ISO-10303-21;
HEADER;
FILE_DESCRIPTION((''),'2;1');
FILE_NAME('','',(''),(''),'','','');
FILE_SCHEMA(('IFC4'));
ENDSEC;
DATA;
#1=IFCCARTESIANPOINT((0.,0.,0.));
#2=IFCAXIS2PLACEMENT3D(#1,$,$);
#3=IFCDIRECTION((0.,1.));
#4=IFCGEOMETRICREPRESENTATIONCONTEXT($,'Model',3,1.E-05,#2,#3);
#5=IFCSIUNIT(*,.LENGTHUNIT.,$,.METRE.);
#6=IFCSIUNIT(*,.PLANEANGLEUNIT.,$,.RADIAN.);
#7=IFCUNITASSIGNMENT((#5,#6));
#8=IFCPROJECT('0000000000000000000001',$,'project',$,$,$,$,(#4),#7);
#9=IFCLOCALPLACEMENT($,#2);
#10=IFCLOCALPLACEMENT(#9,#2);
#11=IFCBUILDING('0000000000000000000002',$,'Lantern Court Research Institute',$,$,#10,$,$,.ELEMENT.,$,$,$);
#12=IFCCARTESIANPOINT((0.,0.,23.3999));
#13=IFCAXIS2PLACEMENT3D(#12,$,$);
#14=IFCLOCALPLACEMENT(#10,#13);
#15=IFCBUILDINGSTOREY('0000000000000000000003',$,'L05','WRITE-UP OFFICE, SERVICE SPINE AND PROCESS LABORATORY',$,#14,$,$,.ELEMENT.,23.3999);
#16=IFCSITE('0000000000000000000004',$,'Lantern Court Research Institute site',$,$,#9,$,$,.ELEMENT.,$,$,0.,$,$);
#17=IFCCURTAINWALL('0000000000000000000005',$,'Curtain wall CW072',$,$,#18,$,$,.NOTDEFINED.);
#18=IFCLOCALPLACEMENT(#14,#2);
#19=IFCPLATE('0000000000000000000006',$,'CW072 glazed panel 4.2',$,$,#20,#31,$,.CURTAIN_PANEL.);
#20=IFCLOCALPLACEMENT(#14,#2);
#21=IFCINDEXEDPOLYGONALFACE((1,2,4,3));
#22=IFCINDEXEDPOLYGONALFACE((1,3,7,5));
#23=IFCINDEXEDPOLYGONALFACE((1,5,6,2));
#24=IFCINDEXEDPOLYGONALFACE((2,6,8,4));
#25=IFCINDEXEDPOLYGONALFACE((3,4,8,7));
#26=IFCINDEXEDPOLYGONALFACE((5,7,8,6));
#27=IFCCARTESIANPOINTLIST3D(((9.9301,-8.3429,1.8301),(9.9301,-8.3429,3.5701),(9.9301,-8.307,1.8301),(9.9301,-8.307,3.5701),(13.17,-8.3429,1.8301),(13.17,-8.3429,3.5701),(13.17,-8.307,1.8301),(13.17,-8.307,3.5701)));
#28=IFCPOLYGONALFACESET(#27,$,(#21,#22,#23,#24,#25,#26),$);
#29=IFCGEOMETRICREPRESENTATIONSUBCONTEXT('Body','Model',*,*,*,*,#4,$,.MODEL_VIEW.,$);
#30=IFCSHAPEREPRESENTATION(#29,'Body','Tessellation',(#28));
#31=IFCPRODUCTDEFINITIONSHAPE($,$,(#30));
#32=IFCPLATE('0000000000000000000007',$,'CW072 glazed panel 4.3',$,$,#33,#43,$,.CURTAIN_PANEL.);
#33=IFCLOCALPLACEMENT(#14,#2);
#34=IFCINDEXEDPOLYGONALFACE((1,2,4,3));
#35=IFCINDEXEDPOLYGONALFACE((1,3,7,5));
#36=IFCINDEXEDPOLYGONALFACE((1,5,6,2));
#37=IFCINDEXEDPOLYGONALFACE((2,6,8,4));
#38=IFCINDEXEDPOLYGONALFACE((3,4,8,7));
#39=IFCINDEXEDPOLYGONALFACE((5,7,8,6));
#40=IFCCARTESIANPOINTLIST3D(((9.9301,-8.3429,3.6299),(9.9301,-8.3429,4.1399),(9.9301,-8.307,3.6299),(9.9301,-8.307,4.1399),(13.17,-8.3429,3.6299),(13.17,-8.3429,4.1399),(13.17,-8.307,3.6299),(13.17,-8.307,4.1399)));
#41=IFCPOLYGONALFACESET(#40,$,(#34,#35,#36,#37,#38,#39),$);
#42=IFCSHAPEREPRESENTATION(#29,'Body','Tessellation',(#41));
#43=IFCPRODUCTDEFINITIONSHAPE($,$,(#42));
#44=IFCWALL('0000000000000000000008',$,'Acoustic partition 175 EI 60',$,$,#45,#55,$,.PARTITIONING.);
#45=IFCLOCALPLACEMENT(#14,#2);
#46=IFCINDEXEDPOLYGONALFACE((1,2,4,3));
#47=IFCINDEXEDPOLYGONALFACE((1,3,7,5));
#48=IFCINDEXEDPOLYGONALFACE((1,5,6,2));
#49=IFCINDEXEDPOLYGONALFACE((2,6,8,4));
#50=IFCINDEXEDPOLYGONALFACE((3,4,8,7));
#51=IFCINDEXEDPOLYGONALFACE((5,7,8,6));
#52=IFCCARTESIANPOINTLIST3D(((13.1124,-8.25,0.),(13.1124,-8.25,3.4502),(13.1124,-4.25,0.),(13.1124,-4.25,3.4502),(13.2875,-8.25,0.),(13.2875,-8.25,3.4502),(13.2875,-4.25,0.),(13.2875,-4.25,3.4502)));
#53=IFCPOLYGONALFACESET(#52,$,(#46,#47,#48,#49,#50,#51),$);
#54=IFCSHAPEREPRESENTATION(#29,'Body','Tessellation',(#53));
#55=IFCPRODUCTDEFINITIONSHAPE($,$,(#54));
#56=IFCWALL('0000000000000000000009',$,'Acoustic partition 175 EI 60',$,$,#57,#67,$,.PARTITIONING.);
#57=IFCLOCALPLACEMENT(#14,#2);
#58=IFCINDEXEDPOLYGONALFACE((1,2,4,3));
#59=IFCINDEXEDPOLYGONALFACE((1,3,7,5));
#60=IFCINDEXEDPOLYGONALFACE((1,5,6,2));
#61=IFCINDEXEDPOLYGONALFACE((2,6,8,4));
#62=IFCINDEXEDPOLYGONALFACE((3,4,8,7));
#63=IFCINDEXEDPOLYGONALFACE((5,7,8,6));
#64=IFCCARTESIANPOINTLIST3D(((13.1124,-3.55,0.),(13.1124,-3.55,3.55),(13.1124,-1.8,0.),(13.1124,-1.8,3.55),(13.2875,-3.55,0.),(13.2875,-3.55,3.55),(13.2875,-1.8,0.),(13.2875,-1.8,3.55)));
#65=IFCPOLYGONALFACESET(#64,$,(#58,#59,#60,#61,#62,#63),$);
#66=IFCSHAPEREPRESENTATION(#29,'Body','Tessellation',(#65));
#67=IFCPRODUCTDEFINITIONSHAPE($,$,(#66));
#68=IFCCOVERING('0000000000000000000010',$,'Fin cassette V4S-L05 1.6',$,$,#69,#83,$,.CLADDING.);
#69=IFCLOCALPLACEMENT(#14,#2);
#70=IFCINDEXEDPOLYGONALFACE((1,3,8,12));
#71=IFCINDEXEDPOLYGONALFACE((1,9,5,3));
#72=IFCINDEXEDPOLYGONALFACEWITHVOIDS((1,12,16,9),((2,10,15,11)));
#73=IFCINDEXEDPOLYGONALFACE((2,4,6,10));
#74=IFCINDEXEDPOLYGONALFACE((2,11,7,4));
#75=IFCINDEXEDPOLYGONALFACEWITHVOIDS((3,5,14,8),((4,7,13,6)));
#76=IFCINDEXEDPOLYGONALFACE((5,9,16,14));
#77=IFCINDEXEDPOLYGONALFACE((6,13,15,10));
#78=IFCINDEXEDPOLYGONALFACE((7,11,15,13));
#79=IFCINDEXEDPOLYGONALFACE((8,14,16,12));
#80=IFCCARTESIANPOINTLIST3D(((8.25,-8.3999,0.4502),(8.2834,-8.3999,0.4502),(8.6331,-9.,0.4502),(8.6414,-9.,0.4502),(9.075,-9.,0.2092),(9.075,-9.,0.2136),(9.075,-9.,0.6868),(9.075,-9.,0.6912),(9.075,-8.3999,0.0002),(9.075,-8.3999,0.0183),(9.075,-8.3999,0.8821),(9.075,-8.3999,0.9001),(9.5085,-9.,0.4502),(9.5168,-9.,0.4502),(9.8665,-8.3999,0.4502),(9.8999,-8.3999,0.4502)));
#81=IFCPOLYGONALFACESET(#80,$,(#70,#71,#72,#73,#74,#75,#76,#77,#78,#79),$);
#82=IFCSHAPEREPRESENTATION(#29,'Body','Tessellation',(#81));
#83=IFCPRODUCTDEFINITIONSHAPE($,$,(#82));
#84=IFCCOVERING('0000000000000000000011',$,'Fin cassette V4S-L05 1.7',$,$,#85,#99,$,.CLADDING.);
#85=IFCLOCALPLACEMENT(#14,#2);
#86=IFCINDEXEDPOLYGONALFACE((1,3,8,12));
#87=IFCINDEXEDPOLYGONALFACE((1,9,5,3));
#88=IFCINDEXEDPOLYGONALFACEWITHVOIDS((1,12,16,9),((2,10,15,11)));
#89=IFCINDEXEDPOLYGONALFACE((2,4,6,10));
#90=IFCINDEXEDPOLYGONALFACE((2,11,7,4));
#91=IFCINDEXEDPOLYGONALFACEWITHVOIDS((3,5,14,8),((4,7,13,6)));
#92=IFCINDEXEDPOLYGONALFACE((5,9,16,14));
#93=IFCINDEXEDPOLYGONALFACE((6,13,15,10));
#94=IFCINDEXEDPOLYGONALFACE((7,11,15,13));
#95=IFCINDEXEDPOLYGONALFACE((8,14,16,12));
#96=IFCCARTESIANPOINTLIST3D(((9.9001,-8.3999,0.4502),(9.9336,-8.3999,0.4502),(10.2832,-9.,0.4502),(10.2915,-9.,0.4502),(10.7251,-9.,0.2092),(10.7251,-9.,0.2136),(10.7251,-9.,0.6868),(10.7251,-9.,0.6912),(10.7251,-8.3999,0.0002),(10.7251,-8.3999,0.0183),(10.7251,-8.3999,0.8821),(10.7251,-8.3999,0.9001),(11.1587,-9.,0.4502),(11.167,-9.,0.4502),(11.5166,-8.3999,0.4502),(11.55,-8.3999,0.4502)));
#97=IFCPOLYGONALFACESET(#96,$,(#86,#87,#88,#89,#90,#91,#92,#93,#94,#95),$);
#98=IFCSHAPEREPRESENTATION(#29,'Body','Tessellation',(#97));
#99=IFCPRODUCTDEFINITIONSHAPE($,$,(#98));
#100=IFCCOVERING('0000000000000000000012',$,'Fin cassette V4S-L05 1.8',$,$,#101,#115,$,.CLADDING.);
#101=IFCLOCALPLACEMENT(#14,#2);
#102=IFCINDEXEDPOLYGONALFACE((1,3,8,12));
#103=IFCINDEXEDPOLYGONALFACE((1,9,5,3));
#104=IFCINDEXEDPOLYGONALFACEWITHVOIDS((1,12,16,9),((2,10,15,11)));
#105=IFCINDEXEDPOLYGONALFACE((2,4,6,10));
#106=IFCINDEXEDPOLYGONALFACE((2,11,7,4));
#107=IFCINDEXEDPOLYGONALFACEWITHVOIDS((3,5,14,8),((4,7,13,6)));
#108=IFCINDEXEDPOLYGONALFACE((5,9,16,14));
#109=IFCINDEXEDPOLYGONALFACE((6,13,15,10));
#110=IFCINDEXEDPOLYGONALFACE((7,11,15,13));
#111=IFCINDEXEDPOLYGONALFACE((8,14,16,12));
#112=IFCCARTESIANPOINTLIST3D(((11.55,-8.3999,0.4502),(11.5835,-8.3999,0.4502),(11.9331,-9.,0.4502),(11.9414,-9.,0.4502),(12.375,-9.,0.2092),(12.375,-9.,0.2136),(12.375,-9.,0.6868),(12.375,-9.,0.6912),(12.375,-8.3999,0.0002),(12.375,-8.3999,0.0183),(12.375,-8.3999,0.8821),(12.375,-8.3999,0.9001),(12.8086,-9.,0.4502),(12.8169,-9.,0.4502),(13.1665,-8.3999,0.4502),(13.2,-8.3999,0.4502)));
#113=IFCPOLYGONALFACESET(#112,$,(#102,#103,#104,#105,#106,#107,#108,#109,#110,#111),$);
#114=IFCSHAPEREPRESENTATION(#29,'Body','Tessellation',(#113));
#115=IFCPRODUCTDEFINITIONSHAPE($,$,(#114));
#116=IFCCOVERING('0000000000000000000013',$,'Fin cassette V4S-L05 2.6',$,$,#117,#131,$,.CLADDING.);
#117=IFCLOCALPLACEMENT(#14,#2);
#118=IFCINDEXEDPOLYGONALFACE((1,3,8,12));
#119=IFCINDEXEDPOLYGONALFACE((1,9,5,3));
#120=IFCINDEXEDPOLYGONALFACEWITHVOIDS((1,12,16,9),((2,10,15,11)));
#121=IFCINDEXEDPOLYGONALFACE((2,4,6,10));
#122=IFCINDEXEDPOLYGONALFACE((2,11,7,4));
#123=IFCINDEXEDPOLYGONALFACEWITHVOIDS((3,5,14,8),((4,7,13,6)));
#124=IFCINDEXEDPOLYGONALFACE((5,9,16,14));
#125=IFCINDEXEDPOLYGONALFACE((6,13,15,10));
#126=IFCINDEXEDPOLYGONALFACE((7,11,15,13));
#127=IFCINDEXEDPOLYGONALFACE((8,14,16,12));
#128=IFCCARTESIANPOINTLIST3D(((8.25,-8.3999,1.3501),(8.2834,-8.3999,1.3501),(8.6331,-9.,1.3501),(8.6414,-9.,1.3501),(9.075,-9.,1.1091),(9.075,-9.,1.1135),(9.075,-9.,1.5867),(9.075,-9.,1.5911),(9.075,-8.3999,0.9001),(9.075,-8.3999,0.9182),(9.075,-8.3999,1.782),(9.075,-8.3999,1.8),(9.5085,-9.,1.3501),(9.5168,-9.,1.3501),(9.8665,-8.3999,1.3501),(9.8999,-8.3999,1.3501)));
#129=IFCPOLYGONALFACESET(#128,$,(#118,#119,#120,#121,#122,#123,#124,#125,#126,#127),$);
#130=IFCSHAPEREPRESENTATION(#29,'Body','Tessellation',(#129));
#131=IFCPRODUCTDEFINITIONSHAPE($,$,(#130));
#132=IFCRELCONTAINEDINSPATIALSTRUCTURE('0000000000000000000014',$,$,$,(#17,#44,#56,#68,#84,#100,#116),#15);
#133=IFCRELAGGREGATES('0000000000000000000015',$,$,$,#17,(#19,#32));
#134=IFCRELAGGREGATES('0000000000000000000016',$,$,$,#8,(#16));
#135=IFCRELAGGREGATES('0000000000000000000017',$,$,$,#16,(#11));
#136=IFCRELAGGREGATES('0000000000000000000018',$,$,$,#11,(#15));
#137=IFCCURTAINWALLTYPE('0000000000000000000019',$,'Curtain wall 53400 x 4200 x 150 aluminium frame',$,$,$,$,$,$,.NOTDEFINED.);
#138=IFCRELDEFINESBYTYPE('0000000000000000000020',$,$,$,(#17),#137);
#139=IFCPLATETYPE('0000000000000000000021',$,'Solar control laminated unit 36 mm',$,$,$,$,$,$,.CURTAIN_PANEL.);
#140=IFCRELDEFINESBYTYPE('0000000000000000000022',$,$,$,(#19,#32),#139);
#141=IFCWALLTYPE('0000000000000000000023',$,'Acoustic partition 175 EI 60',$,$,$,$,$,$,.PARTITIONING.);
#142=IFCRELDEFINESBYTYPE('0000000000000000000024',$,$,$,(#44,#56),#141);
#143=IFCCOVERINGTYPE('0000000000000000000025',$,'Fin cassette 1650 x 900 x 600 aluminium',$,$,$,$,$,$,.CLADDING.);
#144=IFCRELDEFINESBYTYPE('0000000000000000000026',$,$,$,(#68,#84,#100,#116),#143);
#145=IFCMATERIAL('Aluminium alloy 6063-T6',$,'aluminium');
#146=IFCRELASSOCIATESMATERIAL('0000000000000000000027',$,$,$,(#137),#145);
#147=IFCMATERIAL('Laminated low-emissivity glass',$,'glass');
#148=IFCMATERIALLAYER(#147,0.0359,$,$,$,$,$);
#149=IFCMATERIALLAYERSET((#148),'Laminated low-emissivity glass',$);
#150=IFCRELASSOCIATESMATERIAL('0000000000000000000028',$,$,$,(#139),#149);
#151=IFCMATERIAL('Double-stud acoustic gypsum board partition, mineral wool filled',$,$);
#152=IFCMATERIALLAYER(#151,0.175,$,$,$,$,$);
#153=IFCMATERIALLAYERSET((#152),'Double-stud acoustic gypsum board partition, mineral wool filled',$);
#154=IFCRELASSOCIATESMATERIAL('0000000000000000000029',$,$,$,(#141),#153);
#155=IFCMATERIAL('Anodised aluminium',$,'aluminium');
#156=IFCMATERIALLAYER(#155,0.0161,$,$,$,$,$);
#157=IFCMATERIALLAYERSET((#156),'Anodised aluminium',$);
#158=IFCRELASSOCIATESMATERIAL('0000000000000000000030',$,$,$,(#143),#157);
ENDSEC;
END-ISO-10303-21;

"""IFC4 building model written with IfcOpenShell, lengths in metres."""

from ifc_helpers import new_model, entity, si_unit, direction, frame, frame_2d, origin, origin_2d, place, context, subcontext, project, spatial, rectangle, extrude, material, layer, layer_set, type_object, element, aggregate, save


model = new_model("IFC4")

# Units and contexts
model_context = context("Model", 3, precision=1e-05, world=origin(), true_north=direction((0.0, 1.0)))
body_context = subcontext(model_context, "Body", "Model", "MODEL_VIEW")
ifc_project = project(units=[si_unit("LENGTHUNIT", "METRE"), si_unit("PLANEANGLEUNIT", "RADIAN")], contexts=[model_context])

# Site, building, storey
site_placement = place(None, origin())
site = spatial("IfcSite", under=ifc_project, at=site_placement, Name="Lantern Court Research Institute site", CompositionType="ELEMENT", RefElevation=0.0)
building_placement = place(site_placement, origin())
building = spatial("IfcBuilding", under=site, at=building_placement, Name="Lantern Court Research Institute", CompositionType="ELEMENT")
storey_placement = place(building_placement, frame((0.0, 0.0, 23.3999)))
storey = spatial("IfcBuildingStorey", under=building, at=storey_placement, Name="L05", Description="WRITE-UP OFFICE, SERVICE SPINE AND PROCESS LABORATORY", CompositionType="ELEMENT", Elevation=23.3999)

# Curtain wall
ifc_material_1 = material(Name="Aluminium alloy 6063-T6", Category="aluminium")
curtain_wall_type = type_object("IfcCurtainWallType", Name="Curtain wall 53400 x 4200 x 150 aluminium frame", PredefinedType="NOTDEFINED", material=ifc_material_1)
curtain_wall_placement = place(storey_placement, origin())
curtain_wall = element("IfcCurtainWall", 1, at=curtain_wall_placement, inside=storey, type_object=curtain_wall_type, Name="Curtain wall CW072", PredefinedType="NOTDEFINED")

# Plates
ifc_material_2 = material(Name="Laminated low-emissivity glass", Category="glass")
ifc_layer_1 = layer(ifc_material_2, 0.0359)
ifc_layer_set_1 = layer_set([ifc_layer_1], Name="Laminated low-emissivity glass")
plate_type_1 = type_object("IfcPlateType", Name="Solar control laminated unit 36 mm", PredefinedType="CURTAIN_PANEL", material=ifc_layer_set_1)
plate_1_placement = place(storey_placement, frame((11.55, -8.325, 1.8301), z_axis=(0.0, 0.0, 1.0), x_axis=(-1.0, 0.0, 0.0)))
plate_1 = element("IfcPlate", 2, at=plate_1_placement, type_object=plate_type_1, Name="CW072 glazed panel 4.2", PredefinedType="CURTAIN_PANEL", context=body_context, shape_type="SweptSolid", body=[
    extrude(rectangle(XDim=3.24, YDim=0.0359, at=origin_2d()), origin(), (0.0, 0.0, 1.0), 1.74),
])
plate_2_placement = place(storey_placement, frame((11.55, -8.325, 3.6299), z_axis=(0.0, 0.0, 1.0), x_axis=(-1.0, 0.0, 0.0)))
plate_2 = element("IfcPlate", 3, at=plate_2_placement, type_object=plate_type_1, Name="CW072 glazed panel 4.3", PredefinedType="CURTAIN_PANEL", context=body_context, shape_type="SweptSolid", body=[
    extrude(rectangle(XDim=3.24, YDim=0.0359, at=origin_2d()), origin(), (0.0, 0.0, 1.0), 0.51),
])
aggregate(curtain_wall, [plate_1, plate_2])

# Walls
ifc_material_3 = material(Name="Double-stud acoustic gypsum board partition, mineral wool filled")
ifc_layer_2 = layer(ifc_material_3, 0.175)
ifc_layer_set_2 = layer_set([ifc_layer_2], Name="Double-stud acoustic gypsum board partition, mineral wool filled")
wall_type = type_object("IfcWallType", Name="Acoustic partition 175 EI 60", PredefinedType="PARTITIONING", material=ifc_layer_set_2)
wall_1_placement = place(storey_placement, frame((13.2, -8.25, 0.0), z_axis=(0.0, 0.0, 1.0), x_axis=(0.0, 1.0, 0.0)))
element("IfcWall", 4, at=wall_1_placement, inside=storey, type_object=wall_type, Name="Acoustic partition 175 EI 60", PredefinedType="PARTITIONING", context=body_context, shape_type="SweptSolid", body=[
    extrude(rectangle(XDim=4.0, YDim=0.175, at=frame_2d((2.0, 0.0))), origin(), (0.0, 0.0, 1.0), 3.4502),
])
wall_2_placement = place(storey_placement, frame((13.2, -3.55, 0.0), z_axis=(0.0, 0.0, 1.0), x_axis=(0.0, 1.0, 0.0)))
element("IfcWall", 5, at=wall_2_placement, inside=storey, type_object=wall_type, Name="Acoustic partition 175 EI 60", PredefinedType="PARTITIONING", context=body_context, shape_type="SweptSolid", body=[
    extrude(rectangle(XDim=1.75, YDim=0.175, at=frame_2d((0.875, 0.0))), origin(), (0.0, 0.0, 1.0), 3.55),
])

# Coverings
ifc_material_4 = material(Name="Anodised aluminium", Category="aluminium")
ifc_layer_3 = layer(ifc_material_4, 0.0161)
ifc_layer_set_3 = layer_set([ifc_layer_3], Name="Anodised aluminium")
covering_type = type_object("IfcCoveringType", Name="Fin cassette 1650 x 900 x 600 aluminium", PredefinedType="CLADDING", material=ifc_layer_set_3)
covering_1_placement = place(storey_placement, frame((9.075, -8.3999, 0.4502), z_axis=(0.0, -1.0, 0.0), x_axis=(1.0, 0.0, 0.0)))
cartesian_point_1 = entity("IfcCartesianPoint", [0.825, 0.0])
cartesian_point_2 = entity("IfcCartesianPoint", [0.7915, 0.0])
cartesian_point_3 = entity("IfcCartesianPoint", [0.4419, 0.0])
cartesian_point_4 = entity("IfcCartesianPoint", [0.4336, 0.0])
element("IfcCovering", 6, at=covering_1_placement, inside=storey, type_object=covering_type, Name="Fin cassette V4S-L05 1.6", PredefinedType="CLADDING", context=body_context, shape_type="SweptSolid", body=[
    entity("IfcExtrudedAreaSolidTapered", entity("IfcArbitraryProfileDefWithVoids", "AREA", None, entity("IfcPolyline", [cartesian_point_1, entity("IfcCartesianPoint", [0.0, 0.45]), entity("IfcCartesianPoint", [-0.825, 0.0]), entity("IfcCartesianPoint", [0.0, -0.45]), cartesian_point_1]), [entity("IfcPolyline", [cartesian_point_2, entity("IfcCartesianPoint", [0.0, 0.4319]), entity("IfcCartesianPoint", [-0.7915, 0.0]), entity("IfcCartesianPoint", [0.0, -0.4319]), cartesian_point_2])]), entity("IfcAxis2Placement3D", entity("IfcCartesianPoint", [0.0, 0.0, 0.0])), entity("IfcDirection", [0.0, 0.0, 1.0]), 0.6001, entity("IfcArbitraryProfileDefWithVoids", "AREA", None, entity("IfcPolyline", [cartesian_point_3, entity("IfcCartesianPoint", [0.0, 0.241]), entity("IfcCartesianPoint", [-0.4419, 0.0]), entity("IfcCartesianPoint", [0.0, -0.241]), cartesian_point_3]), [entity("IfcPolyline", [cartesian_point_4, entity("IfcCartesianPoint", [0.0, 0.2366]), entity("IfcCartesianPoint", [-0.4336, 0.0]), entity("IfcCartesianPoint", [0.0, -0.2366]), cartesian_point_4])])),
])
covering_2_placement = place(storey_placement, frame((10.7251, -8.3999, 0.4502), z_axis=(0.0, -1.0, 0.0), x_axis=(1.0, 0.0, 0.0)))
cartesian_point_5 = entity("IfcCartesianPoint", [0.825, 0.0])
cartesian_point_6 = entity("IfcCartesianPoint", [0.7915, 0.0])
cartesian_point_7 = entity("IfcCartesianPoint", [0.4419, 0.0])
cartesian_point_8 = entity("IfcCartesianPoint", [0.4336, 0.0])
element("IfcCovering", 7, at=covering_2_placement, inside=storey, type_object=covering_type, Name="Fin cassette V4S-L05 1.7", PredefinedType="CLADDING", context=body_context, shape_type="SweptSolid", body=[
    entity("IfcExtrudedAreaSolidTapered", entity("IfcArbitraryProfileDefWithVoids", "AREA", None, entity("IfcPolyline", [cartesian_point_5, entity("IfcCartesianPoint", [0.0, 0.45]), entity("IfcCartesianPoint", [-0.825, 0.0]), entity("IfcCartesianPoint", [0.0, -0.45]), cartesian_point_5]), [entity("IfcPolyline", [cartesian_point_6, entity("IfcCartesianPoint", [0.0, 0.4319]), entity("IfcCartesianPoint", [-0.7915, 0.0]), entity("IfcCartesianPoint", [0.0, -0.4319]), cartesian_point_6])]), entity("IfcAxis2Placement3D", entity("IfcCartesianPoint", [0.0, 0.0, 0.0])), entity("IfcDirection", [0.0, 0.0, 1.0]), 0.6001, entity("IfcArbitraryProfileDefWithVoids", "AREA", None, entity("IfcPolyline", [cartesian_point_7, entity("IfcCartesianPoint", [0.0, 0.241]), entity("IfcCartesianPoint", [-0.4419, 0.0]), entity("IfcCartesianPoint", [0.0, -0.241]), cartesian_point_7]), [entity("IfcPolyline", [cartesian_point_8, entity("IfcCartesianPoint", [0.0, 0.2366]), entity("IfcCartesianPoint", [-0.4336, 0.0]), entity("IfcCartesianPoint", [0.0, -0.2366]), cartesian_point_8])])),
])
covering_3_placement = place(storey_placement, frame((12.375, -8.3999, 0.4502), z_axis=(0.0, -1.0, 0.0), x_axis=(1.0, 0.0, 0.0)))
cartesian_point_9 = entity("IfcCartesianPoint", [0.825, 0.0])
cartesian_point_10 = entity("IfcCartesianPoint", [0.7915, 0.0])
cartesian_point_11 = entity("IfcCartesianPoint", [0.4419, 0.0])
cartesian_point_12 = entity("IfcCartesianPoint", [0.4336, 0.0])
element("IfcCovering", 8, at=covering_3_placement, inside=storey, type_object=covering_type, Name="Fin cassette V4S-L05 1.8", PredefinedType="CLADDING", context=body_context, shape_type="SweptSolid", body=[
    entity("IfcExtrudedAreaSolidTapered", entity("IfcArbitraryProfileDefWithVoids", "AREA", None, entity("IfcPolyline", [cartesian_point_9, entity("IfcCartesianPoint", [0.0, 0.45]), entity("IfcCartesianPoint", [-0.825, 0.0]), entity("IfcCartesianPoint", [0.0, -0.45]), cartesian_point_9]), [entity("IfcPolyline", [cartesian_point_10, entity("IfcCartesianPoint", [0.0, 0.4319]), entity("IfcCartesianPoint", [-0.7915, 0.0]), entity("IfcCartesianPoint", [0.0, -0.4319]), cartesian_point_10])]), entity("IfcAxis2Placement3D", entity("IfcCartesianPoint", [0.0, 0.0, 0.0])), entity("IfcDirection", [0.0, 0.0, 1.0]), 0.6001, entity("IfcArbitraryProfileDefWithVoids", "AREA", None, entity("IfcPolyline", [cartesian_point_11, entity("IfcCartesianPoint", [0.0, 0.241]), entity("IfcCartesianPoint", [-0.4419, 0.0]), entity("IfcCartesianPoint", [0.0, -0.241]), cartesian_point_11]), [entity("IfcPolyline", [cartesian_point_12, entity("IfcCartesianPoint", [0.0, 0.2366]), entity("IfcCartesianPoint", [-0.4336, 0.0]), entity("IfcCartesianPoint", [0.0, -0.2366]), cartesian_point_12])])),
])
covering_4_placement = place(storey_placement, frame((9.075, -8.3999, 1.3501), z_axis=(0.0, -1.0, 0.0), x_axis=(1.0, 0.0, 0.0)))
cartesian_point_13 = entity("IfcCartesianPoint", [0.825, 0.0])
cartesian_point_14 = entity("IfcCartesianPoint", [0.7915, 0.0])
cartesian_point_15 = entity("IfcCartesianPoint", [0.4419, 0.0])
cartesian_point_16 = entity("IfcCartesianPoint", [0.4336, 0.0])
element("IfcCovering", 9, at=covering_4_placement, inside=storey, type_object=covering_type, Name="Fin cassette V4S-L05 2.6", PredefinedType="CLADDING", context=body_context, shape_type="SweptSolid", body=[
    entity("IfcExtrudedAreaSolidTapered", entity("IfcArbitraryProfileDefWithVoids", "AREA", None, entity("IfcPolyline", [cartesian_point_13, entity("IfcCartesianPoint", [0.0, 0.45]), entity("IfcCartesianPoint", [-0.825, 0.0]), entity("IfcCartesianPoint", [0.0, -0.45]), cartesian_point_13]), [entity("IfcPolyline", [cartesian_point_14, entity("IfcCartesianPoint", [0.0, 0.4319]), entity("IfcCartesianPoint", [-0.7915, 0.0]), entity("IfcCartesianPoint", [0.0, -0.4319]), cartesian_point_14])]), entity("IfcAxis2Placement3D", entity("IfcCartesianPoint", [0.0, 0.0, 0.0])), entity("IfcDirection", [0.0, 0.0, 1.0]), 0.6001, entity("IfcArbitraryProfileDefWithVoids", "AREA", None, entity("IfcPolyline", [cartesian_point_15, entity("IfcCartesianPoint", [0.0, 0.241]), entity("IfcCartesianPoint", [-0.4419, 0.0]), entity("IfcCartesianPoint", [0.0, -0.241]), cartesian_point_15]), [entity("IfcPolyline", [cartesian_point_16, entity("IfcCartesianPoint", [0.0, 0.2366]), entity("IfcCartesianPoint", [-0.4336, 0.0]), entity("IfcCartesianPoint", [0.0, -0.2366]), cartesian_point_16])])),
])

save(model, "model.ifc")
